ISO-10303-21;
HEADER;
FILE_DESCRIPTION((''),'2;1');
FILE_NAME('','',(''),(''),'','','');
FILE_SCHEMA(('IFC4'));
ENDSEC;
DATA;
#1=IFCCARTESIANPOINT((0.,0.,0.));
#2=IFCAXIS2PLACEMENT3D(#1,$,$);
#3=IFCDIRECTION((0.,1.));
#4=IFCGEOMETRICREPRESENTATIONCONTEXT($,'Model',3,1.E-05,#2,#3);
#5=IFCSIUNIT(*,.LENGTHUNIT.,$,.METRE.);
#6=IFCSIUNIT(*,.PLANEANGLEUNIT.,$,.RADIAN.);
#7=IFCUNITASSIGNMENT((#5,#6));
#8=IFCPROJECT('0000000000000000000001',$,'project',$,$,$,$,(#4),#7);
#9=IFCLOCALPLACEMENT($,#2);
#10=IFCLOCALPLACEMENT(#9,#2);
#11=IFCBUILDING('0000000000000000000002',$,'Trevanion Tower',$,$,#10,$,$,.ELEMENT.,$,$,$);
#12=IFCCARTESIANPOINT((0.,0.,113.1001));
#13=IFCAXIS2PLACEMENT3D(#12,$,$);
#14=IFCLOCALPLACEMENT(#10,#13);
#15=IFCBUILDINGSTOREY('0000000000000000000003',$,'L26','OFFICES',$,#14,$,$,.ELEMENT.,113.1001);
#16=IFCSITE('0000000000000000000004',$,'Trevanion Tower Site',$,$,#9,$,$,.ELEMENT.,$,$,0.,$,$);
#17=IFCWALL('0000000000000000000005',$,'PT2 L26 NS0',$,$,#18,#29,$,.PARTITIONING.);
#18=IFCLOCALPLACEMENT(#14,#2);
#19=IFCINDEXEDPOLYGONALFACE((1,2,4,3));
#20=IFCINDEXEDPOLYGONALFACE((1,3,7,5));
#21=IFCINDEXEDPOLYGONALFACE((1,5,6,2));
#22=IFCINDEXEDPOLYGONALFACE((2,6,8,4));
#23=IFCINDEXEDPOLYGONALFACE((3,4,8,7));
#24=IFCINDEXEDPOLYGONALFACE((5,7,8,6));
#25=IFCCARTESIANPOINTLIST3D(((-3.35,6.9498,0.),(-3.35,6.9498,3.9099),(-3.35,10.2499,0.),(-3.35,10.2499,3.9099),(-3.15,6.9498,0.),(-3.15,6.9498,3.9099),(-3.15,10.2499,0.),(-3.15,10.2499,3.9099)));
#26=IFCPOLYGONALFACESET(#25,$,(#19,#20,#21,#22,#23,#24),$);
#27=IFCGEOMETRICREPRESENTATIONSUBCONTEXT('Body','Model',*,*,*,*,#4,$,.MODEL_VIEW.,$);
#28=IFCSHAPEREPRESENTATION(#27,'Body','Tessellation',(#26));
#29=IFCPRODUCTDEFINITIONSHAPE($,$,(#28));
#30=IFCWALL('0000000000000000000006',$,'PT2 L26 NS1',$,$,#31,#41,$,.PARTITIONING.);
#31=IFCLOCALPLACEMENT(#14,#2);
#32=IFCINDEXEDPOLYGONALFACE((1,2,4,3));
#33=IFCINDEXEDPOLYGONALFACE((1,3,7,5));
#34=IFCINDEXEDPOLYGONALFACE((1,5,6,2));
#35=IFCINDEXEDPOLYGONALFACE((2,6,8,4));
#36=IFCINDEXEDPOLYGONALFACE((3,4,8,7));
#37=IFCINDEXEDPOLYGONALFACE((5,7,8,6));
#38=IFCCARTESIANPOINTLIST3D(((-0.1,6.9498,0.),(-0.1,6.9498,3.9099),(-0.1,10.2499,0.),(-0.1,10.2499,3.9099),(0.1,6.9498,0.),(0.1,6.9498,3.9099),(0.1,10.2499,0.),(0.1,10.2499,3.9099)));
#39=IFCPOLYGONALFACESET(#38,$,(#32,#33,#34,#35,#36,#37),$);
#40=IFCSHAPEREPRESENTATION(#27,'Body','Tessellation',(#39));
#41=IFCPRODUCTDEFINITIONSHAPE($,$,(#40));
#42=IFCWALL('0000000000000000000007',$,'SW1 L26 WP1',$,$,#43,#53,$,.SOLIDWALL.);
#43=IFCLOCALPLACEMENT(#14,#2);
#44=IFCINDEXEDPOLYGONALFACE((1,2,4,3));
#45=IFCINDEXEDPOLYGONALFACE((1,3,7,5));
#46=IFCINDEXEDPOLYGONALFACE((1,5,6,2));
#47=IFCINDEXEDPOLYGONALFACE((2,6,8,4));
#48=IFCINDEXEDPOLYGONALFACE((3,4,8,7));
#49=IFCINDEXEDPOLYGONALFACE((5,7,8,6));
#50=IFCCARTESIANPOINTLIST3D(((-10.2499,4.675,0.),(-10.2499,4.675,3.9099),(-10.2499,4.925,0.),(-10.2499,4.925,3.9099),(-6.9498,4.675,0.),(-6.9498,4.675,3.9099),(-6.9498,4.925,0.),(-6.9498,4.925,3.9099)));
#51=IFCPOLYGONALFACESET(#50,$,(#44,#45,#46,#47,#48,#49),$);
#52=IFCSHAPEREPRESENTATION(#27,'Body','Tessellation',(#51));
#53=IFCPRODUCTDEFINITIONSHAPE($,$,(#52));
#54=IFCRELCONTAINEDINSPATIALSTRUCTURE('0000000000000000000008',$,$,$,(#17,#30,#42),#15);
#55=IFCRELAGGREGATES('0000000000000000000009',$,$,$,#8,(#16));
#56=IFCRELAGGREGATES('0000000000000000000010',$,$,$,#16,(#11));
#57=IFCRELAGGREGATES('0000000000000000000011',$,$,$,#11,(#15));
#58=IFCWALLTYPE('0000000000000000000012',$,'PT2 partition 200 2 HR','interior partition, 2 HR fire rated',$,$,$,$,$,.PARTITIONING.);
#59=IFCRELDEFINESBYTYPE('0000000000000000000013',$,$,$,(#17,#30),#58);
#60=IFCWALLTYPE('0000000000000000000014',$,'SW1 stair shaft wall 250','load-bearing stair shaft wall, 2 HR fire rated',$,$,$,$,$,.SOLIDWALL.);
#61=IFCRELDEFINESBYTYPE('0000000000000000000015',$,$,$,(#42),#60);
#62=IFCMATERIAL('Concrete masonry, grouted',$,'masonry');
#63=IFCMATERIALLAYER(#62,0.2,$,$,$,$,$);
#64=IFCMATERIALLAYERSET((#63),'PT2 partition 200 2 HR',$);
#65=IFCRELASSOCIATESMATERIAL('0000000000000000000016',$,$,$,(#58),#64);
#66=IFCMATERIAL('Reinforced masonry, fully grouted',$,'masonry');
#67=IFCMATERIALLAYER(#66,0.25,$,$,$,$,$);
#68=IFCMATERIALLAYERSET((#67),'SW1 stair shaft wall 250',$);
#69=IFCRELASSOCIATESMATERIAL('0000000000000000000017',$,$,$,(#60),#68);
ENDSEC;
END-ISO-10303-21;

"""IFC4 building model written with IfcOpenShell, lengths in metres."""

from ifc_helpers import new_model, si_unit, direction, frame, frame_2d, origin, place, context, subcontext, project, spatial, rectangle, extrude, material, layer, layer_set, type_object, element, save


model = new_model("IFC4")

# Units and contexts
model_context = context("Model", 3, precision=1e-05, world=origin(), true_north=direction((0.0, 1.0)))
body_context = subcontext(model_context, "Body", "Model", "MODEL_VIEW")
ifc_project = project(units=[si_unit("LENGTHUNIT", "METRE"), si_unit("PLANEANGLEUNIT", "RADIAN")], contexts=[model_context])

# Site, building, storey
site_placement = place(None, origin())
site = spatial("IfcSite", under=ifc_project, at=site_placement, Name="Trevanion Tower Site", CompositionType="ELEMENT", RefElevation=0.0)
building_placement = place(site_placement, origin())
building = spatial("IfcBuilding", under=site, at=building_placement, Name="Trevanion Tower", CompositionType="ELEMENT")
storey_placement = place(building_placement, frame((0.0, 0.0, 113.1001)))
storey = spatial("IfcBuildingStorey", under=building, at=storey_placement, Name="L26", Description="OFFICES", CompositionType="ELEMENT", Elevation=113.1001)

# Walls
ifc_material_1 = material(Name="Concrete masonry, grouted", Category="masonry")
ifc_layer_1 = layer(ifc_material_1, 0.2)
ifc_layer_set_1 = layer_set([ifc_layer_1], Name="PT2 partition 200 2 HR")
wall_type_1 = type_object("IfcWallType", Name="PT2 partition 200 2 HR", Description="interior partition, 2 HR fire rated", PredefinedType="PARTITIONING", material=ifc_layer_set_1)
for number, where, z_axis, x_axis, name in (
    (1, (-3.25, 6.95, 0.0), (0.0, 0.0, 1.0), (0.0, 1.0, 0.0), "PT2 L26 NS0"),
    (2, (0.0, 6.95, 0.0), (0.0, 0.0, 1.0), (0.0, 1.0, 0.0), "PT2 L26 NS1"),
):
    element("IfcWall", number, at=place(storey_placement, frame(where, z_axis=z_axis, x_axis=x_axis)), inside=storey, type_object=wall_type_1, Name=name, PredefinedType="PARTITIONING", context=body_context, shape_type="SweptSolid", body=[
        extrude(rectangle(XDim=3.3, YDim=0.2, at=frame_2d((1.6499, 0.0))), origin(), (0.0, 0.0, 1.0), 3.9099),
    ])
ifc_material_2 = material(Name="Reinforced masonry, fully grouted", Category="masonry")
ifc_layer_2 = layer(ifc_material_2, 0.25)
ifc_layer_set_2 = layer_set([ifc_layer_2], Name="SW1 stair shaft wall 250")
wall_type_2 = type_object("IfcWallType", Name="SW1 stair shaft wall 250", Description="load-bearing stair shaft wall, 2 HR fire rated", PredefinedType="SOLIDWALL", material=ifc_layer_set_2)
wall_1_placement = place(storey_placement, frame((-6.95, 4.8, 0.0), z_axis=(0.0, 0.0, 1.0), x_axis=(-1.0, 0.0, 0.0)))
element("IfcWall", 3, at=wall_1_placement, inside=storey, type_object=wall_type_2, Name="SW1 L26 WP1", PredefinedType="SOLIDWALL", context=body_context, shape_type="SweptSolid", body=[
    extrude(rectangle(XDim=3.3, YDim=0.25, at=frame_2d((1.6499, 0.0))), origin(), (0.0, 0.0, 1.0), 3.9099),
])

save(model, "model.ifc")
